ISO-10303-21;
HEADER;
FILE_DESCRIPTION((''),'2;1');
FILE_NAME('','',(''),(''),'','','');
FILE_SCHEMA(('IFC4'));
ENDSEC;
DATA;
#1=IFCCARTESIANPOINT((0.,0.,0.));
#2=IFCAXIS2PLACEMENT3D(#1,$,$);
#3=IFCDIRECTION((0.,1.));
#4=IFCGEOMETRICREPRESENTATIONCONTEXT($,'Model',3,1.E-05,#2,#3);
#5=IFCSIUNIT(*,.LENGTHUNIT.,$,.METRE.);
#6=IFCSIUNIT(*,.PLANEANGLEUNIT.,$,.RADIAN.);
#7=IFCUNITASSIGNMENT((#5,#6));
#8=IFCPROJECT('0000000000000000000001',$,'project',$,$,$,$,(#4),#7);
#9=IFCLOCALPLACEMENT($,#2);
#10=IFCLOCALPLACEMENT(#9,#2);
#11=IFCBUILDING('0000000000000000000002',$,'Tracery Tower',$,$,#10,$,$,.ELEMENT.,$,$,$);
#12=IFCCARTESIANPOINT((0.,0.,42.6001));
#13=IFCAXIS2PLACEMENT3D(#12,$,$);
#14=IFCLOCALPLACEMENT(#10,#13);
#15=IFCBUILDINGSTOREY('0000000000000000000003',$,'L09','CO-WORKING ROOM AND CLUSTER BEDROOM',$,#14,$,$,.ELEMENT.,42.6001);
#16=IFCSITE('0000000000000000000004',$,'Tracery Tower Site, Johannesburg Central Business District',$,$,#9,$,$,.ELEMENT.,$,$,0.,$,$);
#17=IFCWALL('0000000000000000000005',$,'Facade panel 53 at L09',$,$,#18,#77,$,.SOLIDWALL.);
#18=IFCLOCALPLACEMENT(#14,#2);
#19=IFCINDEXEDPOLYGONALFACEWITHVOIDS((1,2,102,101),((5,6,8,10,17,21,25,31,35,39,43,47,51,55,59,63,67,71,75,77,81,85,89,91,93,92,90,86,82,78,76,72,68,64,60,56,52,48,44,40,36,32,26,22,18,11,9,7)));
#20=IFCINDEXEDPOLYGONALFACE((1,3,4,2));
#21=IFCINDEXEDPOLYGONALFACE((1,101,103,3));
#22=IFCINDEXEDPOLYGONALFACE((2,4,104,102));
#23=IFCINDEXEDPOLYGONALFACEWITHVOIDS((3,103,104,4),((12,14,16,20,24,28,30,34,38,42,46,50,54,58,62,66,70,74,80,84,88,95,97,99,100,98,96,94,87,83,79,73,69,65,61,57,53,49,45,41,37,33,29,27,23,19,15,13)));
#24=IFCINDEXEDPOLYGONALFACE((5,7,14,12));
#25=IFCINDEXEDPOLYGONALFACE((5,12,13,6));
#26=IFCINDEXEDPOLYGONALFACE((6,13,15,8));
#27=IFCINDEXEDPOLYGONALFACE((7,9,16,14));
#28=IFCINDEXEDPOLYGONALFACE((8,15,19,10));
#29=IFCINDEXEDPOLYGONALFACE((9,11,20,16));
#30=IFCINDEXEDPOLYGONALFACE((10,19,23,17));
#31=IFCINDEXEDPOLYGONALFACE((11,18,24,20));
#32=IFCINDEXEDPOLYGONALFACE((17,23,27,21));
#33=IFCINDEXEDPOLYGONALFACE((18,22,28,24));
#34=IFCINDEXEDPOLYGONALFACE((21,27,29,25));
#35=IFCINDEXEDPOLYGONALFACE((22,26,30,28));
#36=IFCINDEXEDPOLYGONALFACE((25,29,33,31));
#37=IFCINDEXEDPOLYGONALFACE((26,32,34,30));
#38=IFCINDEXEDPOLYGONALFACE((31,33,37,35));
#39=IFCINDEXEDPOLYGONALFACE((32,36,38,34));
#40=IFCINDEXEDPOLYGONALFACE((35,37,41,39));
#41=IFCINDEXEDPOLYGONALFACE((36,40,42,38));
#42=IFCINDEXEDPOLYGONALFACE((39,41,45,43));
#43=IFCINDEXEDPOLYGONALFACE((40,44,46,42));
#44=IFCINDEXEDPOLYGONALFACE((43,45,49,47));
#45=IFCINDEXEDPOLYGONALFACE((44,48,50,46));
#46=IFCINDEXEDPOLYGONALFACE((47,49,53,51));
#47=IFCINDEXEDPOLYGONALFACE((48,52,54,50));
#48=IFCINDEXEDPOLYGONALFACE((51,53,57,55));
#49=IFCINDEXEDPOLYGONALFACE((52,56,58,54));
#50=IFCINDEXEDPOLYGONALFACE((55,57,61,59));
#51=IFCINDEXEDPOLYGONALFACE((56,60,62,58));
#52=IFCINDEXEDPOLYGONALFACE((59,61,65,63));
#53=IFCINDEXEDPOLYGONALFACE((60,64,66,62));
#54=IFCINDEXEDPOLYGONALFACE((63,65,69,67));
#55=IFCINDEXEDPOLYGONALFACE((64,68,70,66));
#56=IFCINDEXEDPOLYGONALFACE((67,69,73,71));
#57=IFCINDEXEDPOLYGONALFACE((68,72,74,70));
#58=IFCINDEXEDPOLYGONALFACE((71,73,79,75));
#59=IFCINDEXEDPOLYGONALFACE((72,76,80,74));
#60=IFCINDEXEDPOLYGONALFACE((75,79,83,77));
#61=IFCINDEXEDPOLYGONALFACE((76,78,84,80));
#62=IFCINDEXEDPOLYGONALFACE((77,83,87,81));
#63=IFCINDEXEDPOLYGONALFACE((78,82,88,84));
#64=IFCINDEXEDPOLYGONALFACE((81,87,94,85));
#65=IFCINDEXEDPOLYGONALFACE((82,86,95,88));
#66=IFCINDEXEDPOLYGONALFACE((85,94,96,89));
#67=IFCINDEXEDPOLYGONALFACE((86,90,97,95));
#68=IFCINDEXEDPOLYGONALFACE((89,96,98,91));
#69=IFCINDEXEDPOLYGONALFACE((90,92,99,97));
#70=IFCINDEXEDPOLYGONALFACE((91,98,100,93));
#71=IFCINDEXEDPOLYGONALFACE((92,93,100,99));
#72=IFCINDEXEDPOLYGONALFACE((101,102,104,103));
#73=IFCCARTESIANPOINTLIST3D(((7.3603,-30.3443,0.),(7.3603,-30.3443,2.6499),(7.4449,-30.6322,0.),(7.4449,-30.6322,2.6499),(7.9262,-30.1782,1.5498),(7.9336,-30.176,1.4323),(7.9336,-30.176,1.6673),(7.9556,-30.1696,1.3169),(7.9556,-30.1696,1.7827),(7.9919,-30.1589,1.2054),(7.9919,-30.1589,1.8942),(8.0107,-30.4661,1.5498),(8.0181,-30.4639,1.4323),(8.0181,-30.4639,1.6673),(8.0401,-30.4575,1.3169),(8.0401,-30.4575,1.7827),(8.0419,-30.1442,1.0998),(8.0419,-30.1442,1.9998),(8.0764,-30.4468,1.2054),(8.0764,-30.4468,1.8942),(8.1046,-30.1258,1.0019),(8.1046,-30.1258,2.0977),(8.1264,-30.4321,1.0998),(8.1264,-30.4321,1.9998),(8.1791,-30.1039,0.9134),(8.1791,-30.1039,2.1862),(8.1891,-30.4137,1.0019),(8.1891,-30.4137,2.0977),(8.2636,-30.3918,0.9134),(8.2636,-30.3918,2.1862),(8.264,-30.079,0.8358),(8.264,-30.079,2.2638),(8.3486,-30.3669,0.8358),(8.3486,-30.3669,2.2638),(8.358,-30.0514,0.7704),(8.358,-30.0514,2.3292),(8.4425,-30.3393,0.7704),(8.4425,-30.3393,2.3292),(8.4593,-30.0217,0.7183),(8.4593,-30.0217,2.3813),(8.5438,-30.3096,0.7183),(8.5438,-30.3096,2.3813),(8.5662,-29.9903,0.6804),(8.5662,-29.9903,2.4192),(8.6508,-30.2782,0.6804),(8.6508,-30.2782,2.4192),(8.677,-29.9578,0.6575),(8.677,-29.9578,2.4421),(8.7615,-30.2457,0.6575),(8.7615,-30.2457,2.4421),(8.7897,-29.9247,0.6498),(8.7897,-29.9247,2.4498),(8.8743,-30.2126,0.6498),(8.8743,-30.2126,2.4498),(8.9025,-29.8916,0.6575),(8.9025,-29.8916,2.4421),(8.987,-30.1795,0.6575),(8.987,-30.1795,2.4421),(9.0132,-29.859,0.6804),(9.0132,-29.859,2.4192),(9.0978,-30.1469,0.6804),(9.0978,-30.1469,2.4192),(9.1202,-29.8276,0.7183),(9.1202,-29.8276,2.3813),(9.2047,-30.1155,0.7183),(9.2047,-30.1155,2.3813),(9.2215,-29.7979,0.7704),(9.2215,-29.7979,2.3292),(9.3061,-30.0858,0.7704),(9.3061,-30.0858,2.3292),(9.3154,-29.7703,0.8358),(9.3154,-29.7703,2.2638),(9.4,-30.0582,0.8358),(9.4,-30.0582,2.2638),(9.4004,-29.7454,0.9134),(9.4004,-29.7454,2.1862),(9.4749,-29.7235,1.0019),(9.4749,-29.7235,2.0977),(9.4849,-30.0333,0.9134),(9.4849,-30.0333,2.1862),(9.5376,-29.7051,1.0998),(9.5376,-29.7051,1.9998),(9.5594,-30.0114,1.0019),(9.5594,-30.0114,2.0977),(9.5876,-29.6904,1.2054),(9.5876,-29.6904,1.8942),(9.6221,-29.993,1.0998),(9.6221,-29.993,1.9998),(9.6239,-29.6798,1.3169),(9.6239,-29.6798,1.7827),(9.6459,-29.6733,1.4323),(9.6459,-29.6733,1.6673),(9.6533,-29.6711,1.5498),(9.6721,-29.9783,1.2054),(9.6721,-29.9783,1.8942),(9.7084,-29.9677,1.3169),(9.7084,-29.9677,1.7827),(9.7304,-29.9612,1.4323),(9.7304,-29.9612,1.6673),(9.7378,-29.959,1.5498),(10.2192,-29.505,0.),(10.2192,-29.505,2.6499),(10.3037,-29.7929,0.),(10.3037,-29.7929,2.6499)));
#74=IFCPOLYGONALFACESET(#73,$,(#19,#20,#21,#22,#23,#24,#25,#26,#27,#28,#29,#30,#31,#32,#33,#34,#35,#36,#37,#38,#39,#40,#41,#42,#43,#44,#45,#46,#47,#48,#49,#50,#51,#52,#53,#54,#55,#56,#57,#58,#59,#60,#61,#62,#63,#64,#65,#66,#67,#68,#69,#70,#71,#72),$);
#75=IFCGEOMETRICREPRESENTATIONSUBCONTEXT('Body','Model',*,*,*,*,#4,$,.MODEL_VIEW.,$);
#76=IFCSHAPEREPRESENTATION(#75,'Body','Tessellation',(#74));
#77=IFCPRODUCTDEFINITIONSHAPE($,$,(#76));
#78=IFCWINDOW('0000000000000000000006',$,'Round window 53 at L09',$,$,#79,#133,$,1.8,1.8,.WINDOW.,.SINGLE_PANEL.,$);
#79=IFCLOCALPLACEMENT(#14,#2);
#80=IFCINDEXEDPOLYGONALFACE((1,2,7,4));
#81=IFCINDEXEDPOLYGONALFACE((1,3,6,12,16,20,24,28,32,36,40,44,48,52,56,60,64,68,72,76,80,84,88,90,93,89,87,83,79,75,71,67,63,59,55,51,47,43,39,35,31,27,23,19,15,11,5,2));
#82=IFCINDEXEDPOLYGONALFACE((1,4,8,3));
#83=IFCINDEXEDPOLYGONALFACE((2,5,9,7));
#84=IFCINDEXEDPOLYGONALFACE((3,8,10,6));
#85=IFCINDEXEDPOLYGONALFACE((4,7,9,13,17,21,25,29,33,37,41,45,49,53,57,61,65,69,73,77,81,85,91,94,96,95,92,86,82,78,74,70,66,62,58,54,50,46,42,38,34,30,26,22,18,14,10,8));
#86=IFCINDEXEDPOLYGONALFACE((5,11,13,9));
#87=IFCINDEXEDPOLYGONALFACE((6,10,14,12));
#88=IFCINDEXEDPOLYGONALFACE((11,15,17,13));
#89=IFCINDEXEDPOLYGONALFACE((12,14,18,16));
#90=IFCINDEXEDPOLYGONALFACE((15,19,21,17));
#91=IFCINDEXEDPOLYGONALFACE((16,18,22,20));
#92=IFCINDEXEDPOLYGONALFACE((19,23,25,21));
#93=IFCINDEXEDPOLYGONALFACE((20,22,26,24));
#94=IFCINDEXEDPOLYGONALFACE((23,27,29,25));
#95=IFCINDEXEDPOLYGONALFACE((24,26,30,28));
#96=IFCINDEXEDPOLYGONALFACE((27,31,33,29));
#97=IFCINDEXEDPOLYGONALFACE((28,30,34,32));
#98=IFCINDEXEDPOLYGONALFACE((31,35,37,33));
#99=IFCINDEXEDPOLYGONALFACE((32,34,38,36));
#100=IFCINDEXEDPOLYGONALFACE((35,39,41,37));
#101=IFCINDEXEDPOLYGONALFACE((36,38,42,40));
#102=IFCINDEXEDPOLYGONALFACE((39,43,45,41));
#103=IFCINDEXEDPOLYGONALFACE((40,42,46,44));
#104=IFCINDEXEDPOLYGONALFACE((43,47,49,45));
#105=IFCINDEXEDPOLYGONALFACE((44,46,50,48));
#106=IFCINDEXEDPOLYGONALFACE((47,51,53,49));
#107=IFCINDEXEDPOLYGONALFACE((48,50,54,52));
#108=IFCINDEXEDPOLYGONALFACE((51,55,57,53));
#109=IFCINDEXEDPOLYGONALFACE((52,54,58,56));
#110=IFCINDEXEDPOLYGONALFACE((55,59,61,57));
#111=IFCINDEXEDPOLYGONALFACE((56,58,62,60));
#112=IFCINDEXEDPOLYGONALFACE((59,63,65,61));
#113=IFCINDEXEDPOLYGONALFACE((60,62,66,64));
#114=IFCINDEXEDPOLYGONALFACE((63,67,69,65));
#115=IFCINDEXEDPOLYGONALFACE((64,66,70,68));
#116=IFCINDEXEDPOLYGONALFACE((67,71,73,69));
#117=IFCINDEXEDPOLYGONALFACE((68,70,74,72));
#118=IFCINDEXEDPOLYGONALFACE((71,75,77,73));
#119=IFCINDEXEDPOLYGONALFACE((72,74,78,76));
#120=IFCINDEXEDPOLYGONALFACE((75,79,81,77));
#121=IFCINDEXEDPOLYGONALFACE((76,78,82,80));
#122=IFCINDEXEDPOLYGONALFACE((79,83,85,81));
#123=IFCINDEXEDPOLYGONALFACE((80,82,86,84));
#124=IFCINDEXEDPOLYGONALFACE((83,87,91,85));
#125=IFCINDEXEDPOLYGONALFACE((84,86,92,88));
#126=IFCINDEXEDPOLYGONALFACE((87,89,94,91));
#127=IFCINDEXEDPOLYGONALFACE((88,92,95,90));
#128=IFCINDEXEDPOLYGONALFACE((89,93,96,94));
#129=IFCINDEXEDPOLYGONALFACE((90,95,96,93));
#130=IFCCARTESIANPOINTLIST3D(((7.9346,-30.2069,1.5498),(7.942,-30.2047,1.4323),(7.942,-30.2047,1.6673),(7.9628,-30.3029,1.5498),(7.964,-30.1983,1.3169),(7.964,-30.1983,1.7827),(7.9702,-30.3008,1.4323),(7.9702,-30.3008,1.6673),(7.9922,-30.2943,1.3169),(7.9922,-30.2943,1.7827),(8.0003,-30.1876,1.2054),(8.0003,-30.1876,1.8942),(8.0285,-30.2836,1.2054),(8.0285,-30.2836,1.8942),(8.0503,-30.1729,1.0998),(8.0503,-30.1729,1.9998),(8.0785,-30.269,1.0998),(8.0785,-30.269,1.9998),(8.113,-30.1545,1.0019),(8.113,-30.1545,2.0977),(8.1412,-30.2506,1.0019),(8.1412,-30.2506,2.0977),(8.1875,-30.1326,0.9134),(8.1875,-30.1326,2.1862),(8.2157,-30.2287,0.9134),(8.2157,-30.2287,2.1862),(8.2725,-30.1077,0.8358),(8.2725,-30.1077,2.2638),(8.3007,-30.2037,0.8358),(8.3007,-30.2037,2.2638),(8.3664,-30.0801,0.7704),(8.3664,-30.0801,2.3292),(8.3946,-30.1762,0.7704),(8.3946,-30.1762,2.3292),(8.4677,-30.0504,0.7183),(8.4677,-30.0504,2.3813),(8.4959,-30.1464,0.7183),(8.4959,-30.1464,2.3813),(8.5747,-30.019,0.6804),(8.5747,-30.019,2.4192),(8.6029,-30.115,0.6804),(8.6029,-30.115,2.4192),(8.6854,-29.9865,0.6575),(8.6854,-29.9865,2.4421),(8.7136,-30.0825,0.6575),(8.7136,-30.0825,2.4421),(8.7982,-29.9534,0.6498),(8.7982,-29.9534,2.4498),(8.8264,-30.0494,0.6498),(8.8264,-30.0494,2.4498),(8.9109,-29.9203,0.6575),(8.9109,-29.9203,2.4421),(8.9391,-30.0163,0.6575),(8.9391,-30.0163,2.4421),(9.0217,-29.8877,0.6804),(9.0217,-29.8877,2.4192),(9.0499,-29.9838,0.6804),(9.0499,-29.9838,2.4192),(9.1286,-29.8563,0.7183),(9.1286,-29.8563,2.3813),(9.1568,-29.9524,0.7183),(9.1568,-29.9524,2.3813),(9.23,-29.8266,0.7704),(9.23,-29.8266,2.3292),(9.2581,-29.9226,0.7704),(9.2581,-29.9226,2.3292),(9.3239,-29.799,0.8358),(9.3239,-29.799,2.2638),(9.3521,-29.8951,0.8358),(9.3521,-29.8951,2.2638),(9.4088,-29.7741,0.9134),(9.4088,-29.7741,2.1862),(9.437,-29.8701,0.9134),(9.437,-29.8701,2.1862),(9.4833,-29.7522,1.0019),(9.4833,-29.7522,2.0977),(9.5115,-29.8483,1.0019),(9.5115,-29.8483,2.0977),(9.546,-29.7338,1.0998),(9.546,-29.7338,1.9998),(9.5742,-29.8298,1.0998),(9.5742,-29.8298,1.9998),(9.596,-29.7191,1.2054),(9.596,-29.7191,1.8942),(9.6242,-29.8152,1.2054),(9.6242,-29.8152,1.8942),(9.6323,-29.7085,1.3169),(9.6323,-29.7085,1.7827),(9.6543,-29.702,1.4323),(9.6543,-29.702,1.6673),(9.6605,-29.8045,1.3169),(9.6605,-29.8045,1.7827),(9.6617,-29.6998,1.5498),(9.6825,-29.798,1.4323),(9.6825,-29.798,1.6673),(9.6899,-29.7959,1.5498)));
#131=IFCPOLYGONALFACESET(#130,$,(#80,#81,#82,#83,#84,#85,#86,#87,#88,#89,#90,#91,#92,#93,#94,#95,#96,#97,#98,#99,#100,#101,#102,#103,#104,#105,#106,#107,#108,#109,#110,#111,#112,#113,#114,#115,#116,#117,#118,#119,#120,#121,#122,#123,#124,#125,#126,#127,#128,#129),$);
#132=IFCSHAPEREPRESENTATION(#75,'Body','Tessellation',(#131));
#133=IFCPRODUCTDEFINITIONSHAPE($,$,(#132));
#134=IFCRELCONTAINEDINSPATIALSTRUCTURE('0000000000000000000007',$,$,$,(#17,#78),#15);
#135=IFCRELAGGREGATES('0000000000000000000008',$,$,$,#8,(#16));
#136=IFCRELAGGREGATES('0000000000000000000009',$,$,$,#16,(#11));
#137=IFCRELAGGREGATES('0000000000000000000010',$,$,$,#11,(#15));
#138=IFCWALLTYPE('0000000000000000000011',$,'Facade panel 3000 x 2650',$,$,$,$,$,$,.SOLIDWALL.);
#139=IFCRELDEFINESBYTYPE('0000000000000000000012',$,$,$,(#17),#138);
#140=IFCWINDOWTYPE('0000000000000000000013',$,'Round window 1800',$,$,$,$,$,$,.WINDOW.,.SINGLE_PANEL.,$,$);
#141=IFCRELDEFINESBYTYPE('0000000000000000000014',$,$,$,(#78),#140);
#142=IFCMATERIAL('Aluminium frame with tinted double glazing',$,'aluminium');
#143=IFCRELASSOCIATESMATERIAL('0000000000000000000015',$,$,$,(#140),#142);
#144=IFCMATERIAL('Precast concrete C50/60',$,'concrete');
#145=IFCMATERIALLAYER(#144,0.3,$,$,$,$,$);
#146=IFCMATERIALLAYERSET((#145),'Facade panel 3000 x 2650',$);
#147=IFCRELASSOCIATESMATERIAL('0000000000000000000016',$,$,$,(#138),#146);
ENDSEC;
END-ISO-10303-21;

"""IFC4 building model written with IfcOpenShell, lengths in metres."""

from ifc_helpers import new_model, si_unit, direction, frame, frame_2d, origin, origin_2d, place, context, subcontext, project, spatial, rectangle, circle, extrude, material, layer, layer_set, type_object, element, fill, save


model = new_model("IFC4")

# Units and contexts
model_context = context("Model", 3, precision=1e-05, world=origin(), true_north=direction((0.0, 1.0)))
body_context = subcontext(model_context, "Body", "Model", "MODEL_VIEW")
ifc_project = project(units=[si_unit("LENGTHUNIT", "METRE"), si_unit("PLANEANGLEUNIT", "RADIAN")], contexts=[model_context])

# Site, building, storey
site_placement = place(None, origin())
site = spatial("IfcSite", under=ifc_project, at=site_placement, Name="Tracery Tower Site, Johannesburg Central Business District", CompositionType="ELEMENT", RefElevation=0.0)
building_placement = place(site_placement, origin())
building = spatial("IfcBuilding", under=site, at=building_placement, Name="Tracery Tower", CompositionType="ELEMENT")
storey_placement = place(building_placement, frame((0.0, 0.0, 42.6001)))
storey = spatial("IfcBuildingStorey", under=building, at=storey_placement, Name="L09", Description="CO-WORKING ROOM AND CLUSTER BEDROOM", CompositionType="ELEMENT", Elevation=42.6001)

# Wall, opening, window
ifc_material_1 = material(Name="Aluminium frame with tinted double glazing", Category="aluminium")
window_type = type_object("IfcWindowType", Name="Round window 1800", PartitioningType="SINGLE_PANEL", PredefinedType="WINDOW", material=ifc_material_1)
ifc_material_2 = material(Name="Precast concrete C50/60", Category="concrete")
ifc_layer_1 = layer(ifc_material_2, 0.3)
ifc_layer_set_1 = layer_set([ifc_layer_1], Name="Facade panel 3000 x 2650")
wall_type_1 = type_object("IfcWallType", Name="Facade panel 3000 x 2650", PredefinedType="SOLIDWALL", material=ifc_layer_set_1)
wall_1_placement = place(storey_placement, frame((7.4026, -30.4883, 0.0), z_axis=(0.0, 0.0, 1.0), x_axis=(0.959501, 0.281705, 0.0)))
wall_1 = element("IfcWall", 1, at=wall_1_placement, inside=storey, type_object=wall_type_1, Name="Facade panel 53 at L09", PredefinedType="SOLIDWALL", context=body_context, shape_type="SweptSolid", body=[
    extrude(rectangle(XDim=2.9795, YDim=0.3, at=frame_2d((1.4897, 0.0))), origin(), (0.0, 0.0, 1.0), 2.6499),
])
opening_1_placement = place(wall_1_placement, frame((1.4897, 0.0, 1.5498)))
opening_1 = element("IfcOpeningElement", 2, at=opening_1_placement, cuts=wall_1, PredefinedType="OPENING", context=body_context, shape_type="SweptSolid", body=[
    extrude(circle(Radius=0.9, at=origin_2d()), frame((0.0, 0.1599, 0.0), z_axis=(0.0, -1.0, 0.0), x_axis=(1.0, 0.0, 0.0)), (0.0, 0.0, 1.0), 0.3201),
])
window_1_placement = place(opening_1_placement, origin())
window_1 = element("IfcWindow", 3, at=window_1_placement, inside=storey, type_object=window_type, Name="Round window 53 at L09", OverallHeight=1.8, OverallWidth=1.8, PartitioningType="SINGLE_PANEL", PredefinedType="WINDOW", context=body_context, shape_type="SweptSolid", body=[
    extrude(circle(Radius=0.9, at=origin_2d()), frame((0.0, 0.1201, 0.0), z_axis=(0.0, -1.0, 0.0), x_axis=(1.0, 0.0, 0.0)), (0.0, 0.0, 1.0), 0.1001),
])
fill(opening_1, window_1)

save(model, "model.ifc")
